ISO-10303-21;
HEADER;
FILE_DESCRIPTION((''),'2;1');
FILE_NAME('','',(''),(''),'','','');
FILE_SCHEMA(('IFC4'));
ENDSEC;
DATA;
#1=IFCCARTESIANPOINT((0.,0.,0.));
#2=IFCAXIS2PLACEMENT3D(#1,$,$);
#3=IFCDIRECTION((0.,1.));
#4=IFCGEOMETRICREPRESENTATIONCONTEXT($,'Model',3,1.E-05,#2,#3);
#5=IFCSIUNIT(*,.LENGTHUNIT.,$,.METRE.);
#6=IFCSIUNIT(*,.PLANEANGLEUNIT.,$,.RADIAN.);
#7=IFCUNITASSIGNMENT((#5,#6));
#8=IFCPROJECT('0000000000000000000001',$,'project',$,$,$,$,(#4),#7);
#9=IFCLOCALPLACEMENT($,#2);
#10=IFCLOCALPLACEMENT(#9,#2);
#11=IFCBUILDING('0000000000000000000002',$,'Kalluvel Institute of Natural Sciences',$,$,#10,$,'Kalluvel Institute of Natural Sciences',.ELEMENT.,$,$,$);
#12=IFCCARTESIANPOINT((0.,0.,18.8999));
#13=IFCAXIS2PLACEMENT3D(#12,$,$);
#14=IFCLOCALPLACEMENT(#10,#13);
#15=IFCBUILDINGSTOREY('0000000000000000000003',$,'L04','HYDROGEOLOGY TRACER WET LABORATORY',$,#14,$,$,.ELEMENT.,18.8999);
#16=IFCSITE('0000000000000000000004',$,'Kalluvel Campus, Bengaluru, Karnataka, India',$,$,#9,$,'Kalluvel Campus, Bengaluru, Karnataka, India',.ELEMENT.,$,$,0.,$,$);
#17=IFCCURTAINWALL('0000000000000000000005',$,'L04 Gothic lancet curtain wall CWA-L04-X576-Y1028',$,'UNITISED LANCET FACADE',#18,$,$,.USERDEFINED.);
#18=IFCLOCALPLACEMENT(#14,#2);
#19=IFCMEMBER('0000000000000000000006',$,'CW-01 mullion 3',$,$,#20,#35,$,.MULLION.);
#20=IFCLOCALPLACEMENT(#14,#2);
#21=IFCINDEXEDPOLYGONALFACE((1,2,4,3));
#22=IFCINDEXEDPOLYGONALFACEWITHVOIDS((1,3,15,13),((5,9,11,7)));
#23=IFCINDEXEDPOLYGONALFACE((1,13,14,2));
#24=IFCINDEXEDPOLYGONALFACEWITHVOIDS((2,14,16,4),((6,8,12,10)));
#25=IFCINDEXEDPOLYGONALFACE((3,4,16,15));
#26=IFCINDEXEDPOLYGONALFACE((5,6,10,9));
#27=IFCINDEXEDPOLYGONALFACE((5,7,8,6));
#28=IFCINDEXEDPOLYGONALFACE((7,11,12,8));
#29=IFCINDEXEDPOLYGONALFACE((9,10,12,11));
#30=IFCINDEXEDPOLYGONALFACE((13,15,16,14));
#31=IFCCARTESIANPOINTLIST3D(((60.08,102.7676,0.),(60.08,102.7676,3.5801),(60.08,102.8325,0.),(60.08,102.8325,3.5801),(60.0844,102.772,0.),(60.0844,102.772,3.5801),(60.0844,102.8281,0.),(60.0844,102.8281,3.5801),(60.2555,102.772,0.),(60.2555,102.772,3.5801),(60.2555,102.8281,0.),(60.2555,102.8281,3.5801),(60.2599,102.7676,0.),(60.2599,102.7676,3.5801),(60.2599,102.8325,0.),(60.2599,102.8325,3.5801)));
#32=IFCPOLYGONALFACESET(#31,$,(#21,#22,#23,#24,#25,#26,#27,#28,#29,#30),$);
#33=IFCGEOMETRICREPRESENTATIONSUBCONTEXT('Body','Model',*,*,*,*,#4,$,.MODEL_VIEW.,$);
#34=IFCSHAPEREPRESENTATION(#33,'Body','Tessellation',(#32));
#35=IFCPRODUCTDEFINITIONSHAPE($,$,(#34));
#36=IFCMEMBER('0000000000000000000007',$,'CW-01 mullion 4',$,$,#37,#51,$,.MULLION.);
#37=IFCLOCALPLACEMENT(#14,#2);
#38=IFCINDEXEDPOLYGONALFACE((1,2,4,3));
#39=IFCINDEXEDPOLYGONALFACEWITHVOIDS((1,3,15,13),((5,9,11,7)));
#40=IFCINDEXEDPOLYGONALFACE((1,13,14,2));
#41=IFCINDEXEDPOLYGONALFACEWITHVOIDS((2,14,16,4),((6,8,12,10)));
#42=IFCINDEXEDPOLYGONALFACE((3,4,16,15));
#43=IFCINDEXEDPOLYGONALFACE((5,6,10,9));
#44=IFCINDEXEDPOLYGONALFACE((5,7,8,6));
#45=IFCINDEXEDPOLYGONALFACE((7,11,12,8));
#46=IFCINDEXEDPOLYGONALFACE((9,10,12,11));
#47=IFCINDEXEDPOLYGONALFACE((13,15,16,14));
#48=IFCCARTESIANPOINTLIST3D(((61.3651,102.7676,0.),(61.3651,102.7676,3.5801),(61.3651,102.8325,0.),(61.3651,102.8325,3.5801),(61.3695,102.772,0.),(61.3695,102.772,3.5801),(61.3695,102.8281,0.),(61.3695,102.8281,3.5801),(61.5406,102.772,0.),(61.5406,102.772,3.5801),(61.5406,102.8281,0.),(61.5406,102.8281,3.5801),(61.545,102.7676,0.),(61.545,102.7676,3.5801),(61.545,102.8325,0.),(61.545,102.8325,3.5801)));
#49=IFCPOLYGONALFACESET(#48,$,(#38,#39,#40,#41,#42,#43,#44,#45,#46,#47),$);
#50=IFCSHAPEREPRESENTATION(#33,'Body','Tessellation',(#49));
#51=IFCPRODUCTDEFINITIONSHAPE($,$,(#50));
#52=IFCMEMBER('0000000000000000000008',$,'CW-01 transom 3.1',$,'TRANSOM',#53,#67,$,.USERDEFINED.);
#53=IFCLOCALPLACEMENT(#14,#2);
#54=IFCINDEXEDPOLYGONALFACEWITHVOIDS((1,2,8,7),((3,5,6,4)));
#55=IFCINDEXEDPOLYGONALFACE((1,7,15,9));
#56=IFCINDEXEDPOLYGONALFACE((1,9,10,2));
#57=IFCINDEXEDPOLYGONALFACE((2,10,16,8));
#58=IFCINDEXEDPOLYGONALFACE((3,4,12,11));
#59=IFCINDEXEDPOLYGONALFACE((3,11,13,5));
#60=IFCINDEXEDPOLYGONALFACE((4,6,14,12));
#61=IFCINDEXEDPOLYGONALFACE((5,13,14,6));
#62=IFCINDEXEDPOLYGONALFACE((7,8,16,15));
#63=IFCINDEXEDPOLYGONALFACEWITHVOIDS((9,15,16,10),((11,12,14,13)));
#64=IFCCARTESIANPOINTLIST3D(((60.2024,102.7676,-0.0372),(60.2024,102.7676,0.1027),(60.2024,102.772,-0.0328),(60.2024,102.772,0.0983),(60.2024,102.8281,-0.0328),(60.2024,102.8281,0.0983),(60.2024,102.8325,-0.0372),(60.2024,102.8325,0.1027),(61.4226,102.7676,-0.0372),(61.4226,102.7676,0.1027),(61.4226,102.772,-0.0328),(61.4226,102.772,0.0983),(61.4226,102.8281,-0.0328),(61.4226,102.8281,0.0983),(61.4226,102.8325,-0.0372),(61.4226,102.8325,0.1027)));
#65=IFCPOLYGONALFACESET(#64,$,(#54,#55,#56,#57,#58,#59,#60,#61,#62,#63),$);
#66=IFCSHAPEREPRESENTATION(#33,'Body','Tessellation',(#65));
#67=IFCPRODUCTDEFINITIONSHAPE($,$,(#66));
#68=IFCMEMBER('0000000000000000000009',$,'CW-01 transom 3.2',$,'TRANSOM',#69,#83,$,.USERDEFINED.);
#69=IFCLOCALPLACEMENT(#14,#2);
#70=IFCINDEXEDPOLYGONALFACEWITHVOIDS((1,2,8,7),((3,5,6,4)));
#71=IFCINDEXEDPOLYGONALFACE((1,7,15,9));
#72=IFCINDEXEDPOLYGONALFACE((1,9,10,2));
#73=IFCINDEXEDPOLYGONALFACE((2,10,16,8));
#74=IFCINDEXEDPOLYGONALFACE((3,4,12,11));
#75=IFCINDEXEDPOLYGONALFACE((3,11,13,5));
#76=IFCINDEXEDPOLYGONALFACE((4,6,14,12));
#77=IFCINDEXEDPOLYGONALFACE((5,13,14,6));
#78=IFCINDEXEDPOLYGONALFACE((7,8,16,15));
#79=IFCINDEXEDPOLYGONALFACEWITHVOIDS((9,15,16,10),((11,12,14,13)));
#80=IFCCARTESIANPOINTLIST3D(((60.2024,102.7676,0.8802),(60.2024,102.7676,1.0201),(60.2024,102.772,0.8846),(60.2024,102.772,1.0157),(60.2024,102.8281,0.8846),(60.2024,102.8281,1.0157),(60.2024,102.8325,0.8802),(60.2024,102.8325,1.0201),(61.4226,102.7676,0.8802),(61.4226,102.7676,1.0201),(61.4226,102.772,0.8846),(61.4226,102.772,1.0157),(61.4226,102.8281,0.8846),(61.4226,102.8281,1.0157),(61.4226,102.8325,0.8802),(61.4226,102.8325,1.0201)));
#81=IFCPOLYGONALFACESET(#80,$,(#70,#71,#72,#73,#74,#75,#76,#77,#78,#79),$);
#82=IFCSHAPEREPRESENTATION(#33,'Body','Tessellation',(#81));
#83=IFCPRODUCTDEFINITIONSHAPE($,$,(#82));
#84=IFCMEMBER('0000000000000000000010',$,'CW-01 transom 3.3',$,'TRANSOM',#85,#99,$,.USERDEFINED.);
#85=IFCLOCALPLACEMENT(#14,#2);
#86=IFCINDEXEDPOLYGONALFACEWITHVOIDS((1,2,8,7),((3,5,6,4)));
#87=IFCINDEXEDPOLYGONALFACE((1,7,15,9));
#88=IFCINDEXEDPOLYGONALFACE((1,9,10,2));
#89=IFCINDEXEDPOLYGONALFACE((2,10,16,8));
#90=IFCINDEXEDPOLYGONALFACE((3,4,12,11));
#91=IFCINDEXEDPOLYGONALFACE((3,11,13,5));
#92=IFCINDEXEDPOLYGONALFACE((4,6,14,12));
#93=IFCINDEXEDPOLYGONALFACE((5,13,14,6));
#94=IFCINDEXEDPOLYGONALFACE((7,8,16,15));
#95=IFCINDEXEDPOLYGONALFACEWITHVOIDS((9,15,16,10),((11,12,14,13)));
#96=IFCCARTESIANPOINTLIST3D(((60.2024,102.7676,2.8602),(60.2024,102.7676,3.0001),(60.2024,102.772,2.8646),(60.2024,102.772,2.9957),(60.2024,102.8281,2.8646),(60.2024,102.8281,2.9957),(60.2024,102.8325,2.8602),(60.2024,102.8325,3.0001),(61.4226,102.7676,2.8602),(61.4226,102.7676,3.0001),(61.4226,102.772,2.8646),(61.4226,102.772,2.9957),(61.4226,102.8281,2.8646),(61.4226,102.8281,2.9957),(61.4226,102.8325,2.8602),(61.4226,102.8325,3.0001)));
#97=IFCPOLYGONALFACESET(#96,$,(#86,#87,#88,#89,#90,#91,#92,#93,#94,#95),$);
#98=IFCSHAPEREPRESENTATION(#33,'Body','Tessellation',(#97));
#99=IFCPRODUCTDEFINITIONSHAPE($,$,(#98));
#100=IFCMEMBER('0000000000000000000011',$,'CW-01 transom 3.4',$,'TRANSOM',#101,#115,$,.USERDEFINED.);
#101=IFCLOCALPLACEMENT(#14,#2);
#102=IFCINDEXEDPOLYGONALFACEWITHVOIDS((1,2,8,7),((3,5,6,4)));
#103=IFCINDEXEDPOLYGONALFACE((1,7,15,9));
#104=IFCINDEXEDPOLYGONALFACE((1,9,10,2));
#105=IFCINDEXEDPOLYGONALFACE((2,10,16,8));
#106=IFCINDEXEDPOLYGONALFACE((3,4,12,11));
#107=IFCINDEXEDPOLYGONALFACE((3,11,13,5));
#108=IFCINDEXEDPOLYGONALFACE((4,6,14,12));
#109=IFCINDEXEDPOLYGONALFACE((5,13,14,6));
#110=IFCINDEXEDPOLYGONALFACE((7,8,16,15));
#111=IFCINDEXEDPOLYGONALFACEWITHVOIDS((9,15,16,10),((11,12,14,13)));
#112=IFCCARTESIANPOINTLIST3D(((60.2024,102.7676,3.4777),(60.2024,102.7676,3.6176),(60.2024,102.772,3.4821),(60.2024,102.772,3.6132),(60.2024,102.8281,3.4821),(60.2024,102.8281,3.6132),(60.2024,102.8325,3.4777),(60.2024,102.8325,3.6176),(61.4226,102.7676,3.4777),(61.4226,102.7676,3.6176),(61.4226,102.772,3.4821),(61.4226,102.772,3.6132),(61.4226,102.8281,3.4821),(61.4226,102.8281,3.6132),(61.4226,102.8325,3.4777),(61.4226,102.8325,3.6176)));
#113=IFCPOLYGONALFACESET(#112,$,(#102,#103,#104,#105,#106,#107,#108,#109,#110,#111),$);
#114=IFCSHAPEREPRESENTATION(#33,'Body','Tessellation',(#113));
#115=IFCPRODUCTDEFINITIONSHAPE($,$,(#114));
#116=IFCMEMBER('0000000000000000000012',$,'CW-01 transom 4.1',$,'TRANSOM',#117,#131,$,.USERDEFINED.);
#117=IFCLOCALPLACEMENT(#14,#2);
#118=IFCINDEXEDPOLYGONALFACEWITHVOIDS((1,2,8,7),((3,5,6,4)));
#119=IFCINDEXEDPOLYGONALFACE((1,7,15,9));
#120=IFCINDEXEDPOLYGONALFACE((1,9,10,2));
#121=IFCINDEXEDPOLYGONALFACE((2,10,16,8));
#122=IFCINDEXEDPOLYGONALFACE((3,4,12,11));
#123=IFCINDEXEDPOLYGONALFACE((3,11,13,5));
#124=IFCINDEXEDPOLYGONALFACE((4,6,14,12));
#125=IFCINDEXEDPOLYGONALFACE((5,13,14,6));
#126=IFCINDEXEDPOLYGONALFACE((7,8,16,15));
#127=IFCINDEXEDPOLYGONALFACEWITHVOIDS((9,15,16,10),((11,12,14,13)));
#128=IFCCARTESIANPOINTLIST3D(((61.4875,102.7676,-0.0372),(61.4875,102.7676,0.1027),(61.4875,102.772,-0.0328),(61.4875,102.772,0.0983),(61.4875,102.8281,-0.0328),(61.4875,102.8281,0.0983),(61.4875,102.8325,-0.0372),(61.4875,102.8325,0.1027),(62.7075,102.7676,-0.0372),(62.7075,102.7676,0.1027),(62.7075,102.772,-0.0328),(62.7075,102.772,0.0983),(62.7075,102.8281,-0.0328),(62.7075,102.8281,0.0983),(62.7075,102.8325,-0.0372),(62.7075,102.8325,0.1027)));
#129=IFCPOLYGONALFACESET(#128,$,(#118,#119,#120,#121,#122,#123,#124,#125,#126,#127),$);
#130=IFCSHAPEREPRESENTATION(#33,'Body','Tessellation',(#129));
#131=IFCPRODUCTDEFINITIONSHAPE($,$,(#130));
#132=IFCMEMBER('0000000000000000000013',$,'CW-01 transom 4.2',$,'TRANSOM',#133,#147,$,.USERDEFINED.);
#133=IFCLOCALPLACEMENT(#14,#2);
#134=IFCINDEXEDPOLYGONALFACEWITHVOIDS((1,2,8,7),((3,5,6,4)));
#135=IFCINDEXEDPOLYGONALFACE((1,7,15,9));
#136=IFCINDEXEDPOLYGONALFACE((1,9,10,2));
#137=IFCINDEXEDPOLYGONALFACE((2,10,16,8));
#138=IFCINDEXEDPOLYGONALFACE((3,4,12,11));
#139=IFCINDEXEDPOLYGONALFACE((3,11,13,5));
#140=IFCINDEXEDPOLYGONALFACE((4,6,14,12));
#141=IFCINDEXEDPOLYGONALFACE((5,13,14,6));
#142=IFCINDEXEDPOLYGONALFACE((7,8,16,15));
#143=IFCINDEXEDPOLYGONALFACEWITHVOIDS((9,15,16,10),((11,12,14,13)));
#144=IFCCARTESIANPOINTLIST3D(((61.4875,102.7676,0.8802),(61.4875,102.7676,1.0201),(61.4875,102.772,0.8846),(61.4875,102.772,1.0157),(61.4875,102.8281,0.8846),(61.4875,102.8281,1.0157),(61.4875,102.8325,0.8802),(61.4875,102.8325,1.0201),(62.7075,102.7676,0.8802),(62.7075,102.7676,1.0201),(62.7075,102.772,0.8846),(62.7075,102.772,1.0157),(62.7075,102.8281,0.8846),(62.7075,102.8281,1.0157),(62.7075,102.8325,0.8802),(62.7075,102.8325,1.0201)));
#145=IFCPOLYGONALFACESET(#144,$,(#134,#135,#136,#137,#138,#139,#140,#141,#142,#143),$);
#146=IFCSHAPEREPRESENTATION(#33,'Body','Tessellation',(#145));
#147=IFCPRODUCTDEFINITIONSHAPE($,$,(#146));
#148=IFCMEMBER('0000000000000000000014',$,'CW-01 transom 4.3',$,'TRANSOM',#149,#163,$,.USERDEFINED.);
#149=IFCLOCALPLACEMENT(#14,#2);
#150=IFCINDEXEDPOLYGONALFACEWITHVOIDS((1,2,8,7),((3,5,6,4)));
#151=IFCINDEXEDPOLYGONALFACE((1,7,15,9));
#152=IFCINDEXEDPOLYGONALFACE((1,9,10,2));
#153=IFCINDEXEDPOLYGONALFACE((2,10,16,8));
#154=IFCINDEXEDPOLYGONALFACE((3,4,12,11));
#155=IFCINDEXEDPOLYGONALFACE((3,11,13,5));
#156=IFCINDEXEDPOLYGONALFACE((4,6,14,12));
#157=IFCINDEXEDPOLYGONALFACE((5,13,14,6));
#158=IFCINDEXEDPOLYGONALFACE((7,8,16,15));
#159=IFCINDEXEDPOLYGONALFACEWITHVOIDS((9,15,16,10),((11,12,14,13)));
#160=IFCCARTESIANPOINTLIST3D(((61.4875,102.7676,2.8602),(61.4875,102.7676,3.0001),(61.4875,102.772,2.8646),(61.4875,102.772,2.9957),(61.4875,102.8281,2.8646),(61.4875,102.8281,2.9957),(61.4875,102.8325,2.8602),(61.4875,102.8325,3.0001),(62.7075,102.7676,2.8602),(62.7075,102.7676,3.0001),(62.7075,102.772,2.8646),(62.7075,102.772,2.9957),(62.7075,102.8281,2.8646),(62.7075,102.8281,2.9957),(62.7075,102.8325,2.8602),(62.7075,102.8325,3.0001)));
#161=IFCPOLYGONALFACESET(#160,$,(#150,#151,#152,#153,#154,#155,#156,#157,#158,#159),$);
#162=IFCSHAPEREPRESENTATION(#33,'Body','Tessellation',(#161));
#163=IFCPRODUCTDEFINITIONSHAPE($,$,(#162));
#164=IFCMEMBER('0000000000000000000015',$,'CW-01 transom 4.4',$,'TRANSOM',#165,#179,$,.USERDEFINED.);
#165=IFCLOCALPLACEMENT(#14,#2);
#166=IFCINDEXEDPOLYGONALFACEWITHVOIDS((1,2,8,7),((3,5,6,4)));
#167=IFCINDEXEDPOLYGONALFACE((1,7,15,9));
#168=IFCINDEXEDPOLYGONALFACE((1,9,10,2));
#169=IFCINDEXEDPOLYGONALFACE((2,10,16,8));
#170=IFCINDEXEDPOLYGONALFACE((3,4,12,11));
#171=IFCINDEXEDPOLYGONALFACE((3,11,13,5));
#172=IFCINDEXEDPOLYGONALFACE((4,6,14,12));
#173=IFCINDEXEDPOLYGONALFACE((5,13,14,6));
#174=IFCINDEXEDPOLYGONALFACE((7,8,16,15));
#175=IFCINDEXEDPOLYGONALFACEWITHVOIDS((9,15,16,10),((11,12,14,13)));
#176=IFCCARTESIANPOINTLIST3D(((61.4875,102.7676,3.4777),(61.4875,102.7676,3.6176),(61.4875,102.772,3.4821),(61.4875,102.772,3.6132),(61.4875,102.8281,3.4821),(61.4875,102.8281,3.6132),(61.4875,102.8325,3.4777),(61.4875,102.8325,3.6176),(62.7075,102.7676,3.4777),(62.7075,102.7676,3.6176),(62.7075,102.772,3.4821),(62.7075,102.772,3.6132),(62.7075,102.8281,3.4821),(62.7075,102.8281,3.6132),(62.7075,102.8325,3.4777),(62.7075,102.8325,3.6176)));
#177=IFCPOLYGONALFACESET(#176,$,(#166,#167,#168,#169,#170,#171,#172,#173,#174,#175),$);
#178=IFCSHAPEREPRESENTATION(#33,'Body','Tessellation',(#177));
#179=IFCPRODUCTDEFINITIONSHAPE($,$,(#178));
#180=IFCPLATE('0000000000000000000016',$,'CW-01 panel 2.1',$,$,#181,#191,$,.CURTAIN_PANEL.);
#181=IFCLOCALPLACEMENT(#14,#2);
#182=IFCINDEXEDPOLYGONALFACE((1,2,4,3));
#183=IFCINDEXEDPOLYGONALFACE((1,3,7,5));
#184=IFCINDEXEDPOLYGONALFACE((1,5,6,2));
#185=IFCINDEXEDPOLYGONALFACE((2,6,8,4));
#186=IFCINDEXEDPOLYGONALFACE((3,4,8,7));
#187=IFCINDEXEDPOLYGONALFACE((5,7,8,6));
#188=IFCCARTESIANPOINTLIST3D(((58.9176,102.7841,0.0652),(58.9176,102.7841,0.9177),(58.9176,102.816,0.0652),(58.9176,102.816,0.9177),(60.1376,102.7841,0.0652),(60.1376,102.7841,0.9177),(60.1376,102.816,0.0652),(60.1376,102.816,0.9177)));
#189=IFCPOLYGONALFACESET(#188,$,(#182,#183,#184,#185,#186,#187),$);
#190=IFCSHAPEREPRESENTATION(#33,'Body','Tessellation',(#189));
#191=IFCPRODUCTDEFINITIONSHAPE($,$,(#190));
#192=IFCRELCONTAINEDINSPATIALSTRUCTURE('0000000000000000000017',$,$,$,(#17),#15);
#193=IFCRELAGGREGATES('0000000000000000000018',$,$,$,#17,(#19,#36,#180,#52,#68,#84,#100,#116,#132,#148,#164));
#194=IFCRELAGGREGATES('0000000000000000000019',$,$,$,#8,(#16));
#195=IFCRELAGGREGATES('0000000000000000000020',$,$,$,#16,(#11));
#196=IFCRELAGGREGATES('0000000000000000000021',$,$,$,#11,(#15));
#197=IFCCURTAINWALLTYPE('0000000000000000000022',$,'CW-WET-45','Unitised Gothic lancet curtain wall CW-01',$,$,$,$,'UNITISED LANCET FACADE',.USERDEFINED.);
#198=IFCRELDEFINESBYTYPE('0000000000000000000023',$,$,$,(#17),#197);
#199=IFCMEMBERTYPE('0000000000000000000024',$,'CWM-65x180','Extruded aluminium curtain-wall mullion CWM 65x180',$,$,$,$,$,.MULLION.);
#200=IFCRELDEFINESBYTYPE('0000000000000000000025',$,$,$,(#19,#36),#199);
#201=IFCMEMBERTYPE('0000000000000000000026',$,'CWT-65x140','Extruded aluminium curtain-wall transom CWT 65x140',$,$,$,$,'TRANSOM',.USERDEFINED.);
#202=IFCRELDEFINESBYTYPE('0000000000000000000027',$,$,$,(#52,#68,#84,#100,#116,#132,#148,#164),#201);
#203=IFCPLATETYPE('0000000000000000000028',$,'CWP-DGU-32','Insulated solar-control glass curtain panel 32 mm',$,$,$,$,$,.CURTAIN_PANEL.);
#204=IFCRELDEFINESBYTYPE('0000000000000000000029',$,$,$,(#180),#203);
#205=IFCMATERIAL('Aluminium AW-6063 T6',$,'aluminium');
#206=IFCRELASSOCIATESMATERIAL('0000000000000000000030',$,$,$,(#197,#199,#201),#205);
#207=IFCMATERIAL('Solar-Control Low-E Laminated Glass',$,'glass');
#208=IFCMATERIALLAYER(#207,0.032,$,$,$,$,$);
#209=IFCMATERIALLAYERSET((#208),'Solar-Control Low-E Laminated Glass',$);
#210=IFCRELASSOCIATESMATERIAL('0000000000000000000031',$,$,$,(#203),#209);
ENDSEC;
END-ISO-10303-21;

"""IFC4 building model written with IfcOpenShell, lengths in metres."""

from ifc_helpers import new_model, si_unit, direction, frame, origin, origin_2d, place, context, subcontext, project, spatial, rectangle, hollow_rectangle, extrude, material, layer, layer_set, material_profile, profile_set, type_object, element, aggregate, save


model = new_model("IFC4")

# Units and contexts
model_context = context("Model", 3, precision=1e-05, world=origin(), true_north=direction((0.0, 1.0)))
body_context = subcontext(model_context, "Body", "Model", "MODEL_VIEW")
ifc_project = project(units=[si_unit("LENGTHUNIT", "METRE"), si_unit("PLANEANGLEUNIT", "RADIAN")], contexts=[model_context])

# Site, building, storey
site_placement = place(None, origin())
site = spatial("IfcSite", under=ifc_project, at=site_placement, Name="Kalluvel Campus, Bengaluru, Karnataka, India", LongName="Kalluvel Campus, Bengaluru, Karnataka, India", CompositionType="ELEMENT", RefElevation=0.0)
building_placement = place(site_placement, origin())
building = spatial("IfcBuilding", under=site, at=building_placement, Name="Kalluvel Institute of Natural Sciences", LongName="Kalluvel Institute of Natural Sciences", CompositionType="ELEMENT")
storey_placement = place(building_placement, frame((0.0, 0.0, 18.8999)))
storey = spatial("IfcBuildingStorey", under=building, at=storey_placement, Name="L04", Description="HYDROGEOLOGY TRACER WET LABORATORY", CompositionType="ELEMENT", Elevation=18.8999)

# Curtain wall, members, plate
ifc_material_1 = material(Name="Aluminium AW-6063 T6", Category="aluminium")
curtain_wall_type = type_object("IfcCurtainWallType", Name="CW-WET-45", Description="Unitised Gothic lancet curtain wall CW-01", ElementType="UNITISED LANCET FACADE", PredefinedType="USERDEFINED", material=ifc_material_1)
curtain_wall_placement = place(storey_placement, origin())
curtain_wall = element("IfcCurtainWall", 1, at=curtain_wall_placement, inside=storey, type_object=curtain_wall_type, Name="L04 Gothic lancet curtain wall CWA-L04-X576-Y1028", ObjectType="UNITISED LANCET FACADE", PredefinedType="USERDEFINED")
ifc_material_profile_1 = material_profile(ifc_material_1, hollow_rectangle(XDim=0.0649, YDim=0.1799, WallThickness=0.0044, at=origin_2d()), Name="CWM 65x180")
ifc_profile_set_1 = profile_set([ifc_material_profile_1], Name="Aluminium AW-6063 T6")
member_type_1 = type_object("IfcMemberType", Name="CWM-65x180", Description="Extruded aluminium curtain-wall mullion CWM 65x180", PredefinedType="MULLION", material=ifc_profile_set_1)
member_1_placement = place(storey_placement, frame((60.1699, 102.8, 0.0), z_axis=(0.0, 0.0, 1.0), x_axis=(0.0, 1.0, 0.0)))
member_1 = element("IfcMember", 2, at=member_1_placement, type_object=member_type_1, Name="CW-01 mullion 3", PredefinedType="MULLION", context=body_context, shape_type="SweptSolid", body=[
    extrude(hollow_rectangle(XDim=0.0649, YDim=0.1799, WallThickness=0.0044, at=origin_2d()), origin(), (0.0, 0.0, 1.0), 3.5801),
])
member_2_placement = place(storey_placement, frame((61.4551, 102.8, 0.0), z_axis=(0.0, 0.0, 1.0), x_axis=(0.0, 1.0, 0.0)))
member_2 = element("IfcMember", 3, at=member_2_placement, type_object=member_type_1, Name="CW-01 mullion 4", PredefinedType="MULLION", context=body_context, shape_type="SweptSolid", body=[
    extrude(hollow_rectangle(XDim=0.0649, YDim=0.1799, WallThickness=0.0044, at=origin_2d()), origin(), (0.0, 0.0, 1.0), 3.5801),
])
ifc_material_profile_2 = material_profile(ifc_material_1, hollow_rectangle(XDim=0.0649, YDim=0.1399, WallThickness=0.0044, at=origin_2d()), Name="CWT 65x140")
ifc_profile_set_2 = profile_set([ifc_material_profile_2], Name="Aluminium AW-6063 T6")
member_type_2 = type_object("IfcMemberType", Name="CWT-65x140", Description="Extruded aluminium curtain-wall transom CWT 65x140", ElementType="TRANSOM", PredefinedType="USERDEFINED", material=ifc_profile_set_2)
member_3_placement = place(storey_placement, frame((60.2024, 102.8, 0.0327), z_axis=(1.0, 0.0, 0.0), x_axis=(0.0, 1.0, 0.0)))
member_3 = element("IfcMember", 4, at=member_3_placement, type_object=member_type_2, Name="CW-01 transom 3.1", ObjectType="TRANSOM", PredefinedType="USERDEFINED", context=body_context, shape_type="SweptSolid", body=[
    extrude(hollow_rectangle(XDim=0.0649, YDim=0.1399, WallThickness=0.0044, at=origin_2d()), origin(), (0.0, 0.0, 1.0), 1.2202),
])
member_4_placement = place(storey_placement, frame((60.2024, 102.8, 0.9502), z_axis=(1.0, 0.0, 0.0), x_axis=(0.0, 1.0, 0.0)))
member_4 = element("IfcMember", 5, at=member_4_placement, type_object=member_type_2, Name="CW-01 transom 3.2", ObjectType="TRANSOM", PredefinedType="USERDEFINED", context=body_context, shape_type="SweptSolid", body=[
    extrude(hollow_rectangle(XDim=0.0649, YDim=0.1399, WallThickness=0.0044, at=origin_2d()), origin(), (0.0, 0.0, 1.0), 1.2202),
])
member_5_placement = place(storey_placement, frame((60.2024, 102.8, 2.9302), z_axis=(1.0, 0.0, 0.0), x_axis=(0.0, 1.0, 0.0)))
member_5 = element("IfcMember", 6, at=member_5_placement, type_object=member_type_2, Name="CW-01 transom 3.3", ObjectType="TRANSOM", PredefinedType="USERDEFINED", context=body_context, shape_type="SweptSolid", body=[
    extrude(hollow_rectangle(XDim=0.0649, YDim=0.1399, WallThickness=0.0044, at=origin_2d()), origin(), (0.0, 0.0, 1.0), 1.2202),
])
member_6_placement = place(storey_placement, frame((60.2024, 102.8, 3.5476), z_axis=(1.0, 0.0, 0.0), x_axis=(0.0, 1.0, 0.0)))
member_6 = element("IfcMember", 7, at=member_6_placement, type_object=member_type_2, Name="CW-01 transom 3.4", ObjectType="TRANSOM", PredefinedType="USERDEFINED", context=body_context, shape_type="SweptSolid", body=[
    extrude(hollow_rectangle(XDim=0.0649, YDim=0.1399, WallThickness=0.0044, at=origin_2d()), origin(), (0.0, 0.0, 1.0), 1.2202),
])
member_7_placement = place(storey_placement, frame((61.4875, 102.8, 0.0327), z_axis=(1.0, 0.0, 0.0), x_axis=(0.0, 1.0, 0.0)))
member_7 = element("IfcMember", 8, at=member_7_placement, type_object=member_type_2, Name="CW-01 transom 4.1", ObjectType="TRANSOM", PredefinedType="USERDEFINED", context=body_context, shape_type="SweptSolid", body=[
    extrude(hollow_rectangle(XDim=0.0649, YDim=0.1399, WallThickness=0.0044, at=origin_2d()), origin(), (0.0, 0.0, 1.0), 1.22),
])
member_8_placement = place(storey_placement, frame((61.4875, 102.8, 0.9502), z_axis=(1.0, 0.0, 0.0), x_axis=(0.0, 1.0, 0.0)))
member_8 = element("IfcMember", 9, at=member_8_placement, type_object=member_type_2, Name="CW-01 transom 4.2", ObjectType="TRANSOM", PredefinedType="USERDEFINED", context=body_context, shape_type="SweptSolid", body=[
    extrude(hollow_rectangle(XDim=0.0649, YDim=0.1399, WallThickness=0.0044, at=origin_2d()), origin(), (0.0, 0.0, 1.0), 1.22),
])
member_9_placement = place(storey_placement, frame((61.4875, 102.8, 2.9302), z_axis=(1.0, 0.0, 0.0), x_axis=(0.0, 1.0, 0.0)))
member_9 = element("IfcMember", 10, at=member_9_placement, type_object=member_type_2, Name="CW-01 transom 4.3", ObjectType="TRANSOM", PredefinedType="USERDEFINED", context=body_context, shape_type="SweptSolid", body=[
    extrude(hollow_rectangle(XDim=0.0649, YDim=0.1399, WallThickness=0.0044, at=origin_2d()), origin(), (0.0, 0.0, 1.0), 1.22),
])
member_10_placement = place(storey_placement, frame((61.4875, 102.8, 3.5476), z_axis=(1.0, 0.0, 0.0), x_axis=(0.0, 1.0, 0.0)))
member_10 = element("IfcMember", 11, at=member_10_placement, type_object=member_type_2, Name="CW-01 transom 4.4", ObjectType="TRANSOM", PredefinedType="USERDEFINED", context=body_context, shape_type="SweptSolid", body=[
    extrude(hollow_rectangle(XDim=0.0649, YDim=0.1399, WallThickness=0.0044, at=origin_2d()), origin(), (0.0, 0.0, 1.0), 1.22),
])
ifc_material_2 = material(Name="Solar-Control Low-E Laminated Glass", Category="glass")
ifc_layer = layer(ifc_material_2, 0.032)
ifc_layer_set = layer_set([ifc_layer], Name="Solar-Control Low-E Laminated Glass")
plate_type = type_object("IfcPlateType", Name="CWP-DGU-32", Description="Insulated solar-control glass curtain panel 32 mm", PredefinedType="CURTAIN_PANEL", material=ifc_layer_set)
plate_1_placement = place(storey_placement, frame((59.5276, 102.8, 0.0652), z_axis=(0.0, 0.0, 1.0), x_axis=(1.0, 0.0, 0.0)))
plate_1 = element("IfcPlate", 12, at=plate_1_placement, type_object=plate_type, Name="CW-01 panel 2.1", PredefinedType="CURTAIN_PANEL", context=body_context, shape_type="SweptSolid", body=[
    extrude(rectangle(XDim=1.22, YDim=0.032, at=origin_2d()), origin(), (0.0, 0.0, 1.0), 0.8525),
])
aggregate(curtain_wall, [member_1, member_2, plate_1, member_3, member_4, member_5, member_6, member_7, member_8, member_9, member_10])

save(model, "model.ifc")
